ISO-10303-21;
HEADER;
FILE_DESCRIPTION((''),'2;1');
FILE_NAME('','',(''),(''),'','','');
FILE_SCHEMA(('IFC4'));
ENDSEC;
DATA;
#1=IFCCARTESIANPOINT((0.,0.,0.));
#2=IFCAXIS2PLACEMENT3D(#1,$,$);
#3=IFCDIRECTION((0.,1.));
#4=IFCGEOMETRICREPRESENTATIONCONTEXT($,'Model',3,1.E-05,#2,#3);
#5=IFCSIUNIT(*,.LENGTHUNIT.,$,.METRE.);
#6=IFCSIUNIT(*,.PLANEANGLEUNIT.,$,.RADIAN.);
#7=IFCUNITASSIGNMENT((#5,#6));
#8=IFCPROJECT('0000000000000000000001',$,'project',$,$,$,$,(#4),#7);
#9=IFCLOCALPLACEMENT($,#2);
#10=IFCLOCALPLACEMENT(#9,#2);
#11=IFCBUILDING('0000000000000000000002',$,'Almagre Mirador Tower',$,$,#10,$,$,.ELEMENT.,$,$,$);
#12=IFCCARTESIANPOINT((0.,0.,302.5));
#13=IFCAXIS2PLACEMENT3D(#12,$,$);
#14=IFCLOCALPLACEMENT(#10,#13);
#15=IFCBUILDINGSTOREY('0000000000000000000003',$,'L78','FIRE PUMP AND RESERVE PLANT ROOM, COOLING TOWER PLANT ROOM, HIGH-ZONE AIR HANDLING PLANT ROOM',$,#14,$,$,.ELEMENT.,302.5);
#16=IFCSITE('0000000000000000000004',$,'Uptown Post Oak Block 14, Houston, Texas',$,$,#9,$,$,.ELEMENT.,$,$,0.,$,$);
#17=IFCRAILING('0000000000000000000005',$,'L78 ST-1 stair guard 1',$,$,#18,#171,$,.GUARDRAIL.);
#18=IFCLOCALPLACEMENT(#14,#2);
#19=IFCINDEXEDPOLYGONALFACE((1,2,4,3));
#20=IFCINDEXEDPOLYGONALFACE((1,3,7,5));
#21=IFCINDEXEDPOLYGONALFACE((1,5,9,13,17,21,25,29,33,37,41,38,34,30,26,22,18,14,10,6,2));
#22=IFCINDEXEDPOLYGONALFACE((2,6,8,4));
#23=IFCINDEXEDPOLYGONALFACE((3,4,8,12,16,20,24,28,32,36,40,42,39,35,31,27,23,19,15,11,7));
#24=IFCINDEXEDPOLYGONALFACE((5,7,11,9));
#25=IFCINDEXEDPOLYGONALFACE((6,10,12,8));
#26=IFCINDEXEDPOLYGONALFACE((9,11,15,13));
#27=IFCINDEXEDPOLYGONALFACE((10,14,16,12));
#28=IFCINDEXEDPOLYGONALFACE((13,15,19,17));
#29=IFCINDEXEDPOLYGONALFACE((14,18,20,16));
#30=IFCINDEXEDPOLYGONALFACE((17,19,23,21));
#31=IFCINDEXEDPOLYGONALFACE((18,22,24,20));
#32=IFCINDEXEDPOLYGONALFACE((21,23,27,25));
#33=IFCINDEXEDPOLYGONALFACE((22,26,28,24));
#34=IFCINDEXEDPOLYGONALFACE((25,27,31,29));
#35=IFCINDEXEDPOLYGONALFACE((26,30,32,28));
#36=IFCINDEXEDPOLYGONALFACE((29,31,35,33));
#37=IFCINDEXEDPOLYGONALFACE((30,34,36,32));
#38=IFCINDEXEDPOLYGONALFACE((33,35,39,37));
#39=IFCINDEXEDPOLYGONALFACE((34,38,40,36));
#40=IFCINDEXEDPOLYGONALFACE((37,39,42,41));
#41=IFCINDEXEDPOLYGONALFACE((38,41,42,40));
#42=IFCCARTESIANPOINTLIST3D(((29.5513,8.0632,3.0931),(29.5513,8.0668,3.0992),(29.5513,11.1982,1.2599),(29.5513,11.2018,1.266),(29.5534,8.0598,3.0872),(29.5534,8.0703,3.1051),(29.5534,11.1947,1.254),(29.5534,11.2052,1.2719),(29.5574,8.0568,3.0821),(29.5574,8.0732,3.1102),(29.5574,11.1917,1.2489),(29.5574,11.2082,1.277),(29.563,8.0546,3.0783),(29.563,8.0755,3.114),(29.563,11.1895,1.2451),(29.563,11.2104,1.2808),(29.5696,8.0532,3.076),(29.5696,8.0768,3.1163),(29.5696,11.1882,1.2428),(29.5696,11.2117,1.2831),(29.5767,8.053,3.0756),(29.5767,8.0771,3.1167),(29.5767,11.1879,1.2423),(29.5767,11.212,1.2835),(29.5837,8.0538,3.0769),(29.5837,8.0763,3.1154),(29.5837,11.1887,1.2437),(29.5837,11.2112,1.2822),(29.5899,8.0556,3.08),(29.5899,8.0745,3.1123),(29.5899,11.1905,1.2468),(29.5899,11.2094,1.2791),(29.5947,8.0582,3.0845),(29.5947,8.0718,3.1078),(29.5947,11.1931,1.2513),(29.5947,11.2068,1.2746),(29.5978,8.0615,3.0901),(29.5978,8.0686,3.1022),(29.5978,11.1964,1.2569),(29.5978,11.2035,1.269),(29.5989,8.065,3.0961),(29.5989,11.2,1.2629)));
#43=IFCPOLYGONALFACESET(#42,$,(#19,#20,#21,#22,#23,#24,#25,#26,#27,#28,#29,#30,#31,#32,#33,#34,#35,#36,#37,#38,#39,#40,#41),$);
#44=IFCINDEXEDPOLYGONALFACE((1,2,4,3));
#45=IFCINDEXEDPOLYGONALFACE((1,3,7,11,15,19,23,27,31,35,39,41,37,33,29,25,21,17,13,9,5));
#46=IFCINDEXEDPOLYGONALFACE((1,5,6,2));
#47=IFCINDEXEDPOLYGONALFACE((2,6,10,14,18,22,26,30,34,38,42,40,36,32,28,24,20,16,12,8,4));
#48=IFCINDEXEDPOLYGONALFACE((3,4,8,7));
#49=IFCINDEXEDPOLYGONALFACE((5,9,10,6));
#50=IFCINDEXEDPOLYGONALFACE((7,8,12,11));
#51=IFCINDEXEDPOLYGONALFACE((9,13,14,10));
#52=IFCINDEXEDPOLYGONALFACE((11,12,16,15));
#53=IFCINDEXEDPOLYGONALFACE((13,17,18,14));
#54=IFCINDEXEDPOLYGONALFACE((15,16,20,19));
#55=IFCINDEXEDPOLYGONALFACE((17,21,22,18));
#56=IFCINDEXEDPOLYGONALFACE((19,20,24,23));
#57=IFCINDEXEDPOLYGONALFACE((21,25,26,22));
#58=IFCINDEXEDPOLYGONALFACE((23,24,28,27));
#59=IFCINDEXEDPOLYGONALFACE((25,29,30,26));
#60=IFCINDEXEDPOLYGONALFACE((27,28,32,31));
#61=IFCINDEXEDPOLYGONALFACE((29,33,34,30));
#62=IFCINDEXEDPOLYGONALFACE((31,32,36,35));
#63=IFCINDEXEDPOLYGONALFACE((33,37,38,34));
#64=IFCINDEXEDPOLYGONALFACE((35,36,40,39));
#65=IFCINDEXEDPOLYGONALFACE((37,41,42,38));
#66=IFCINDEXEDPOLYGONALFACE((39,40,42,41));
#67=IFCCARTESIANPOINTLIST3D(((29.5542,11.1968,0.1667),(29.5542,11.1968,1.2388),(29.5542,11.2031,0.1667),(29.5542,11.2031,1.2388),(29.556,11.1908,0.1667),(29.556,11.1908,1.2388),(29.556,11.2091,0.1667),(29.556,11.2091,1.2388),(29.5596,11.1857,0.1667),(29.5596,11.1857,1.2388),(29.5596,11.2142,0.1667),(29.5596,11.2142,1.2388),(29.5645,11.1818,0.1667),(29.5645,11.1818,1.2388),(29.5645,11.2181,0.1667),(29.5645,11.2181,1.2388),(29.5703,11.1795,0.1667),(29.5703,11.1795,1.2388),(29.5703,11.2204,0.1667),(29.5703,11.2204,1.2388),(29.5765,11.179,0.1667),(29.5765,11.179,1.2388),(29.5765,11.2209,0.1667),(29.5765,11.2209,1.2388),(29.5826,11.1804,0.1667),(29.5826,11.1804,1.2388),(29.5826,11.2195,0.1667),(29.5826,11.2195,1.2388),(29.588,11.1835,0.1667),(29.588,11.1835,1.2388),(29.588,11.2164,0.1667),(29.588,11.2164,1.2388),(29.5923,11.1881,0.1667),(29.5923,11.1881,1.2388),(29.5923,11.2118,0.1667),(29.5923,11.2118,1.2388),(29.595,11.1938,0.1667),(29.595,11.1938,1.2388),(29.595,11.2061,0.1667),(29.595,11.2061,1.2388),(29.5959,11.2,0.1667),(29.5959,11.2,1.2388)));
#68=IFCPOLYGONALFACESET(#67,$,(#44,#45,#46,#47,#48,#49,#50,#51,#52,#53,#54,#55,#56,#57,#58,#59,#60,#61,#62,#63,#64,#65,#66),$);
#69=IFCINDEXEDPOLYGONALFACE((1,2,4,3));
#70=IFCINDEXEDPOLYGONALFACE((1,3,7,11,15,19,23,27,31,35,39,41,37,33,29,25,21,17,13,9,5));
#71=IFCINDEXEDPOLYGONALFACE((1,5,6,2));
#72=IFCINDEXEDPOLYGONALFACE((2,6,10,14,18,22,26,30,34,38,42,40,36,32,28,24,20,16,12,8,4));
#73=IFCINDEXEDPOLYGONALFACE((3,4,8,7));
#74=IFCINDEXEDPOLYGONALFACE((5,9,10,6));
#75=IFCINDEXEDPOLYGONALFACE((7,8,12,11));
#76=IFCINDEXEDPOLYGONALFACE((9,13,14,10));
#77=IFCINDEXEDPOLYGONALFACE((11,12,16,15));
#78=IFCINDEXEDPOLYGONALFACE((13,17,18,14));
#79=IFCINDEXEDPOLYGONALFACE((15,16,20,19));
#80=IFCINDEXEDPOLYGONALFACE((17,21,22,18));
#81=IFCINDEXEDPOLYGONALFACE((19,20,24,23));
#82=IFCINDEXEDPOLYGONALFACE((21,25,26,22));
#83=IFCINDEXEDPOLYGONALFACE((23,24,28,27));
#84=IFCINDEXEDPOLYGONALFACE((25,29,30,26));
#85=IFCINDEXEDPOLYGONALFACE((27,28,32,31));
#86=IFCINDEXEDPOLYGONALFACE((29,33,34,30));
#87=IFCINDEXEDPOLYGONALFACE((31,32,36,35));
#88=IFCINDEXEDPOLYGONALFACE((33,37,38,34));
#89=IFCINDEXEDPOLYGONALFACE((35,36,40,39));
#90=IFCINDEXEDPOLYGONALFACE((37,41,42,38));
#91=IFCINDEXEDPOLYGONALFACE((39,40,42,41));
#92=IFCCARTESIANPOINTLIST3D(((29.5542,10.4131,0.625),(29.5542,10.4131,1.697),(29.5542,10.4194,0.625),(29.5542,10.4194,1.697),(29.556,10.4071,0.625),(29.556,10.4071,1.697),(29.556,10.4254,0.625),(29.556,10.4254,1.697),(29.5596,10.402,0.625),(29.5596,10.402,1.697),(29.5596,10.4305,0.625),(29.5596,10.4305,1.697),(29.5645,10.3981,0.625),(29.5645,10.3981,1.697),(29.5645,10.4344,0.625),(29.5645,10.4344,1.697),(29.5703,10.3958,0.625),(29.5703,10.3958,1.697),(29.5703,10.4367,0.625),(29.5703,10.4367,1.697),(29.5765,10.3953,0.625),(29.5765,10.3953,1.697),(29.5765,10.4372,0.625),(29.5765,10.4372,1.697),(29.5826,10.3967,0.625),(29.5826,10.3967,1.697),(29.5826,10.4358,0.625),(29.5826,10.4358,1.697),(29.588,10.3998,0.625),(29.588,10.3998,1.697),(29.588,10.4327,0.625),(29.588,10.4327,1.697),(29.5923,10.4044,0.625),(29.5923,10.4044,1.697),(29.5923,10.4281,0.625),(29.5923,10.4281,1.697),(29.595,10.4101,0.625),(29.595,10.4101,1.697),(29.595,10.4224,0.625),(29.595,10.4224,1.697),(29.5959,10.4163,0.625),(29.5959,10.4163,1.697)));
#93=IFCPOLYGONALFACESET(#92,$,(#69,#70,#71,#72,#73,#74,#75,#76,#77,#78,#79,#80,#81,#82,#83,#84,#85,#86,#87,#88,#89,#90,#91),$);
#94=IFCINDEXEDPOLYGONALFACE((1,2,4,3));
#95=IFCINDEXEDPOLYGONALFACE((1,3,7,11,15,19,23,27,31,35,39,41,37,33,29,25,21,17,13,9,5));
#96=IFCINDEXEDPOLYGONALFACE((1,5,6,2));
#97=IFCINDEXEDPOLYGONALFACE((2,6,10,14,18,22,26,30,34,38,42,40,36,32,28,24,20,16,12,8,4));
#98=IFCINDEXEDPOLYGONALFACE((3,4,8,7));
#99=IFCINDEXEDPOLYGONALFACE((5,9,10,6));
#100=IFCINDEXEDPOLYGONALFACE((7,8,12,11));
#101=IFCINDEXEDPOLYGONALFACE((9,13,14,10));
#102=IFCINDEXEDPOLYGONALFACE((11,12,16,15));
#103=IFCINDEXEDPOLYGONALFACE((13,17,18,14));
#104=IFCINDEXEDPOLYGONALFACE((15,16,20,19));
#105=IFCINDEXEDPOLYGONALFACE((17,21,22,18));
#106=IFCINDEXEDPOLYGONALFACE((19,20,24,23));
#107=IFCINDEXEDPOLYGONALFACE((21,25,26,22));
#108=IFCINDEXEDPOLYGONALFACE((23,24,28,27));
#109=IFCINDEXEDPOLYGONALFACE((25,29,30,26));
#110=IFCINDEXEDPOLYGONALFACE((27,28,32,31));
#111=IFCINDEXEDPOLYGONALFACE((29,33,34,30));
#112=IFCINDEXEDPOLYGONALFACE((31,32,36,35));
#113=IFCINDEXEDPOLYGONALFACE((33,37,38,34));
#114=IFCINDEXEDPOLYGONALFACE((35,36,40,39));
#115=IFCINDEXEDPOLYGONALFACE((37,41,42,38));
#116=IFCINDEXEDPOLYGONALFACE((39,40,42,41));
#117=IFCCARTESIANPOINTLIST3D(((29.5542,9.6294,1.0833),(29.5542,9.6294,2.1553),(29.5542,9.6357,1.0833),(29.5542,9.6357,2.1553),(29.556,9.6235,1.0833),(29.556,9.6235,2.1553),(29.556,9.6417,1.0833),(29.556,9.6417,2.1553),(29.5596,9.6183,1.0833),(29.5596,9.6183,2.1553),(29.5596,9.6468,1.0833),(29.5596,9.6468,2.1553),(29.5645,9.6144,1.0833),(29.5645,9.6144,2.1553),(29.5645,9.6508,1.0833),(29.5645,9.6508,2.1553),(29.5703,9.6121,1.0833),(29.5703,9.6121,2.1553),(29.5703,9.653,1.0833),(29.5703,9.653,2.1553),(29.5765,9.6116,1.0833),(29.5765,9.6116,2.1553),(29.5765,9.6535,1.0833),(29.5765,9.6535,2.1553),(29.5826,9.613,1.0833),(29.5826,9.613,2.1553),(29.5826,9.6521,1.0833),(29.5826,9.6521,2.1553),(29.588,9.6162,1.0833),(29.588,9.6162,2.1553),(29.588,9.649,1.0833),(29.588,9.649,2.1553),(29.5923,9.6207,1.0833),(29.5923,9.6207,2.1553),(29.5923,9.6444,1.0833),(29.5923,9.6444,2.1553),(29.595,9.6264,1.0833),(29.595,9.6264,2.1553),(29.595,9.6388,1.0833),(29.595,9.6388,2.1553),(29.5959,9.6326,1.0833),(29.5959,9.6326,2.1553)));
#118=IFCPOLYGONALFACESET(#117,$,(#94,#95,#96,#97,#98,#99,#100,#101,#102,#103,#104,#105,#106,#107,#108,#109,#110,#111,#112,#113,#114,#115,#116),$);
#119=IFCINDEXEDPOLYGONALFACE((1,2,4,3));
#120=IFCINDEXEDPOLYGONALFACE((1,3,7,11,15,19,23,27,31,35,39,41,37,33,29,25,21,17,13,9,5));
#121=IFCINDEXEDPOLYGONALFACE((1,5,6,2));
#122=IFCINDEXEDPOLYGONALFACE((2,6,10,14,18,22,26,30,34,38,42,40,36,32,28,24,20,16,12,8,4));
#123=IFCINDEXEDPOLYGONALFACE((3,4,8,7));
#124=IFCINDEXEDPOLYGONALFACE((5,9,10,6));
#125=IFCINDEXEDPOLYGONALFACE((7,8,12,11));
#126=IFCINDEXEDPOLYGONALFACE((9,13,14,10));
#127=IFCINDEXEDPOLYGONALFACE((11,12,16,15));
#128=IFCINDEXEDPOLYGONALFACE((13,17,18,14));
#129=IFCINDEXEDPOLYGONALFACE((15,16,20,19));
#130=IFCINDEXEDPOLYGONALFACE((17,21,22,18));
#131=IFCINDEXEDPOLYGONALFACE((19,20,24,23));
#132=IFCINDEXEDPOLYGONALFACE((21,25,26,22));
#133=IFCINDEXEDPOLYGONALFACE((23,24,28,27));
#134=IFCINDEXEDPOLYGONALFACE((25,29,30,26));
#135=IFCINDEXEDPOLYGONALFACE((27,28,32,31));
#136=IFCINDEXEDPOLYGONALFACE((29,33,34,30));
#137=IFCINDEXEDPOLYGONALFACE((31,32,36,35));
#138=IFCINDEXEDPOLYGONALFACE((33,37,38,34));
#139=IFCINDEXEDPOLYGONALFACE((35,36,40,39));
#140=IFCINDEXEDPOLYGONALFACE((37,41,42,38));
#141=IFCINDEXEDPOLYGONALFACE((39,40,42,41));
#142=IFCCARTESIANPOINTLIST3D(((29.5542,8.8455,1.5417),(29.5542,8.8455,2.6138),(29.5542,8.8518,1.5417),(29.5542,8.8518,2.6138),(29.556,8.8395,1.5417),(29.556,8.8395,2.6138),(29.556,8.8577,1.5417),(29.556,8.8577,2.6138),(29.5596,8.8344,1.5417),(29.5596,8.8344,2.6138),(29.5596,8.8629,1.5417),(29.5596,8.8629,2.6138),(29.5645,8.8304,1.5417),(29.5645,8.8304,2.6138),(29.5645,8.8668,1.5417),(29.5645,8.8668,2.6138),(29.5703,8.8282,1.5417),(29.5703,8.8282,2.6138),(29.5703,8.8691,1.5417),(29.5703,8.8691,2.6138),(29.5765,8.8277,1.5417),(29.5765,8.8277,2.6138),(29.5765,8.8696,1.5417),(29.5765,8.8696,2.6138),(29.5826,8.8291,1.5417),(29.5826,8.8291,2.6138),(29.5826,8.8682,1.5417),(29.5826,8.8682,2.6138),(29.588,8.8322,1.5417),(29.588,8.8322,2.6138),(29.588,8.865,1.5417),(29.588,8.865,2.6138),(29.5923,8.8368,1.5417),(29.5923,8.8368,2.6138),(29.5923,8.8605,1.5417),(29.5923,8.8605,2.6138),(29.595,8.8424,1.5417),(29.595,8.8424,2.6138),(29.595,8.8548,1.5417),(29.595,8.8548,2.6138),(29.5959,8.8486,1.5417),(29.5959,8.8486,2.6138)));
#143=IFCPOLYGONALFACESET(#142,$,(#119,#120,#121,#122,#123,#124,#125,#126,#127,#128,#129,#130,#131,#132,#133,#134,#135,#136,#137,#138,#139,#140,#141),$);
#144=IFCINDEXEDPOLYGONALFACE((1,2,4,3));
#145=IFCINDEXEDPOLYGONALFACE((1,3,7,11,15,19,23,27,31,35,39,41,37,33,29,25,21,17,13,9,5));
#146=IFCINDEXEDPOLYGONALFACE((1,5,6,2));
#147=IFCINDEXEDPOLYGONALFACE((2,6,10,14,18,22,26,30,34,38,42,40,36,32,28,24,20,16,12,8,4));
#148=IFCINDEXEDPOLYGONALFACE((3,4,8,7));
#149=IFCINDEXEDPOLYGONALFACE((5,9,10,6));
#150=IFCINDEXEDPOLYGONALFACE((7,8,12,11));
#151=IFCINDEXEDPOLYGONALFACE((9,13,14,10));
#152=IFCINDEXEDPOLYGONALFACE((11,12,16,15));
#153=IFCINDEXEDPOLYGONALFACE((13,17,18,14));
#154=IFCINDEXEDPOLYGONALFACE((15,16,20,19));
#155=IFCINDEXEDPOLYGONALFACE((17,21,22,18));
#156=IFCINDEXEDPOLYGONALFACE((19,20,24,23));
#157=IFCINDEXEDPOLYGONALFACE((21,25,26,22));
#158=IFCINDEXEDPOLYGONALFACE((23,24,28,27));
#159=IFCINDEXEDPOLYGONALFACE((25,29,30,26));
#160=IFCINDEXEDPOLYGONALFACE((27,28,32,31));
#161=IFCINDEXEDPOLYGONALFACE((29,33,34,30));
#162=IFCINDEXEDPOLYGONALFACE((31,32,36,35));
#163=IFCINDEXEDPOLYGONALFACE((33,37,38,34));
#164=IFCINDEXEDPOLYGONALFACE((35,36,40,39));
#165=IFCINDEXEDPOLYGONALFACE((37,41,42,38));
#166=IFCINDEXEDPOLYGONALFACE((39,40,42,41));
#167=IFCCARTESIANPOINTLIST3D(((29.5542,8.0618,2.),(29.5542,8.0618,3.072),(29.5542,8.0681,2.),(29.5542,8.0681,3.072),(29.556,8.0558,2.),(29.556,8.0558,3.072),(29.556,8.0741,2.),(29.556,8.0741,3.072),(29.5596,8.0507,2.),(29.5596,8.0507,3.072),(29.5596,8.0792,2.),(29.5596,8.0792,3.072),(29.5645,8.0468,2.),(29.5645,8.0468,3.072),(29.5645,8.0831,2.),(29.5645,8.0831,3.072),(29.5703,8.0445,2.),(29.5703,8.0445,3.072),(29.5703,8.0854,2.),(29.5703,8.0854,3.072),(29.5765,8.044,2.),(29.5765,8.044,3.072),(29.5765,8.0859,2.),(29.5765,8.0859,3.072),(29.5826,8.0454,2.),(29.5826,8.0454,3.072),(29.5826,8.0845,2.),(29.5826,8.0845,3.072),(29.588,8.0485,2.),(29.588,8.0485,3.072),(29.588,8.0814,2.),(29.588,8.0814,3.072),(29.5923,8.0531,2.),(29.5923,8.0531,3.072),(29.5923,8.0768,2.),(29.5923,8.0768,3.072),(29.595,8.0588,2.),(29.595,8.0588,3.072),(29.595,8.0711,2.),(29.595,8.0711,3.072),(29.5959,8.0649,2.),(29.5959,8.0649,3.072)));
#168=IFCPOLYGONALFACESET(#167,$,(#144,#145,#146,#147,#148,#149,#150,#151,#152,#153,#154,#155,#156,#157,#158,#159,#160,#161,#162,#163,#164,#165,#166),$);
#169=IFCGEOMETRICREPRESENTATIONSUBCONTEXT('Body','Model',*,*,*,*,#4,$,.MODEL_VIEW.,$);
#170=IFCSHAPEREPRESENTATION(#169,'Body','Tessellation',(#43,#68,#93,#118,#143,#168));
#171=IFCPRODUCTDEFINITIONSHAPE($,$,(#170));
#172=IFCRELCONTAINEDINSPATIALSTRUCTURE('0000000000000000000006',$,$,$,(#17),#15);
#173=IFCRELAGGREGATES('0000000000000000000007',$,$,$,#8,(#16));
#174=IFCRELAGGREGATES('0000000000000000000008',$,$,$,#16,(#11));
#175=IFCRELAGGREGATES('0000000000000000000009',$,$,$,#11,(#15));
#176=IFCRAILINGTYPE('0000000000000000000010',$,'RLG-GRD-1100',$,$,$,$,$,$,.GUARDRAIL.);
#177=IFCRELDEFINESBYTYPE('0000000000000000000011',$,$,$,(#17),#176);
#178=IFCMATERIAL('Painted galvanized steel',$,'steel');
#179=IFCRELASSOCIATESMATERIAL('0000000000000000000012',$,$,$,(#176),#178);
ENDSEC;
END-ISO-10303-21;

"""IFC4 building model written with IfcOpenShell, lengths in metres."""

from ifc_helpers import new_model, si_unit, direction, frame, origin, origin_2d, place, context, subcontext, project, spatial, circle, extrude, material, type_object, element, save


model = new_model("IFC4")

# Units and contexts
model_context = context("Model", 3, precision=1e-05, world=origin(), true_north=direction((0.0, 1.0)))
body_context = subcontext(model_context, "Body", "Model", "MODEL_VIEW")
ifc_project = project(units=[si_unit("LENGTHUNIT", "METRE"), si_unit("PLANEANGLEUNIT", "RADIAN")], contexts=[model_context])

# Site, building, storey
site_placement = place(None, origin())
site = spatial("IfcSite", under=ifc_project, at=site_placement, Name="Uptown Post Oak Block 14, Houston, Texas", CompositionType="ELEMENT", RefElevation=0.0)
building_placement = place(site_placement, origin())
building = spatial("IfcBuilding", under=site, at=building_placement, Name="Almagre Mirador Tower", CompositionType="ELEMENT")
storey_placement = place(building_placement, frame((0.0, 0.0, 302.5)))
storey = spatial("IfcBuildingStorey", under=building, at=storey_placement, Name="L78", Description="FIRE PUMP AND RESERVE PLANT ROOM, COOLING TOWER PLANT ROOM, HIGH-ZONE AIR HANDLING PLANT ROOM", CompositionType="ELEMENT", Elevation=302.5)

# Railing
ifc_material_1 = material(Name="Painted galvanized steel", Category="steel")
railing_type_1 = type_object("IfcRailingType", Name="RLG-GRD-1100", PredefinedType="GUARDRAIL", material=ifc_material_1)
railing_1_placement = place(storey_placement, frame((29.575, 11.2, 0.1667)))
element("IfcRailing", 1, at=railing_1_placement, inside=storey, type_object=railing_type_1, Name="L78 ST-1 stair guard 1", PredefinedType="GUARDRAIL", context=body_context, shape_type="SweptSolid", body=[
    extrude(circle(Radius=0.0239, at=origin_2d()), frame((0.0, 0.0, 1.0962), z_axis=(0.0, -0.86324, 0.504794), x_axis=(1.0, 0.0, 0.0)), (0.0, 0.0, 1.0), 3.6316),
    extrude(circle(Radius=0.021, at=origin_2d()), origin(), (0.0, 0.0, 1.0), 1.072),
    extrude(circle(Radius=0.021, at=origin_2d()), frame((0.0, -0.7837, 0.4583)), (0.0, 0.0, 1.0), 1.072),
    extrude(circle(Radius=0.021, at=origin_2d()), frame((0.0, -1.5674, 0.9165)), (0.0, 0.0, 1.0), 1.072),
    extrude(circle(Radius=0.021, at=origin_2d()), frame((0.0, -2.3513, 1.375)), (0.0, 0.0, 1.0), 1.072),
    extrude(circle(Radius=0.021, at=origin_2d()), frame((0.0, -3.135, 1.8333)), (0.0, 0.0, 1.0), 1.072),
])

save(model, "model.ifc")
